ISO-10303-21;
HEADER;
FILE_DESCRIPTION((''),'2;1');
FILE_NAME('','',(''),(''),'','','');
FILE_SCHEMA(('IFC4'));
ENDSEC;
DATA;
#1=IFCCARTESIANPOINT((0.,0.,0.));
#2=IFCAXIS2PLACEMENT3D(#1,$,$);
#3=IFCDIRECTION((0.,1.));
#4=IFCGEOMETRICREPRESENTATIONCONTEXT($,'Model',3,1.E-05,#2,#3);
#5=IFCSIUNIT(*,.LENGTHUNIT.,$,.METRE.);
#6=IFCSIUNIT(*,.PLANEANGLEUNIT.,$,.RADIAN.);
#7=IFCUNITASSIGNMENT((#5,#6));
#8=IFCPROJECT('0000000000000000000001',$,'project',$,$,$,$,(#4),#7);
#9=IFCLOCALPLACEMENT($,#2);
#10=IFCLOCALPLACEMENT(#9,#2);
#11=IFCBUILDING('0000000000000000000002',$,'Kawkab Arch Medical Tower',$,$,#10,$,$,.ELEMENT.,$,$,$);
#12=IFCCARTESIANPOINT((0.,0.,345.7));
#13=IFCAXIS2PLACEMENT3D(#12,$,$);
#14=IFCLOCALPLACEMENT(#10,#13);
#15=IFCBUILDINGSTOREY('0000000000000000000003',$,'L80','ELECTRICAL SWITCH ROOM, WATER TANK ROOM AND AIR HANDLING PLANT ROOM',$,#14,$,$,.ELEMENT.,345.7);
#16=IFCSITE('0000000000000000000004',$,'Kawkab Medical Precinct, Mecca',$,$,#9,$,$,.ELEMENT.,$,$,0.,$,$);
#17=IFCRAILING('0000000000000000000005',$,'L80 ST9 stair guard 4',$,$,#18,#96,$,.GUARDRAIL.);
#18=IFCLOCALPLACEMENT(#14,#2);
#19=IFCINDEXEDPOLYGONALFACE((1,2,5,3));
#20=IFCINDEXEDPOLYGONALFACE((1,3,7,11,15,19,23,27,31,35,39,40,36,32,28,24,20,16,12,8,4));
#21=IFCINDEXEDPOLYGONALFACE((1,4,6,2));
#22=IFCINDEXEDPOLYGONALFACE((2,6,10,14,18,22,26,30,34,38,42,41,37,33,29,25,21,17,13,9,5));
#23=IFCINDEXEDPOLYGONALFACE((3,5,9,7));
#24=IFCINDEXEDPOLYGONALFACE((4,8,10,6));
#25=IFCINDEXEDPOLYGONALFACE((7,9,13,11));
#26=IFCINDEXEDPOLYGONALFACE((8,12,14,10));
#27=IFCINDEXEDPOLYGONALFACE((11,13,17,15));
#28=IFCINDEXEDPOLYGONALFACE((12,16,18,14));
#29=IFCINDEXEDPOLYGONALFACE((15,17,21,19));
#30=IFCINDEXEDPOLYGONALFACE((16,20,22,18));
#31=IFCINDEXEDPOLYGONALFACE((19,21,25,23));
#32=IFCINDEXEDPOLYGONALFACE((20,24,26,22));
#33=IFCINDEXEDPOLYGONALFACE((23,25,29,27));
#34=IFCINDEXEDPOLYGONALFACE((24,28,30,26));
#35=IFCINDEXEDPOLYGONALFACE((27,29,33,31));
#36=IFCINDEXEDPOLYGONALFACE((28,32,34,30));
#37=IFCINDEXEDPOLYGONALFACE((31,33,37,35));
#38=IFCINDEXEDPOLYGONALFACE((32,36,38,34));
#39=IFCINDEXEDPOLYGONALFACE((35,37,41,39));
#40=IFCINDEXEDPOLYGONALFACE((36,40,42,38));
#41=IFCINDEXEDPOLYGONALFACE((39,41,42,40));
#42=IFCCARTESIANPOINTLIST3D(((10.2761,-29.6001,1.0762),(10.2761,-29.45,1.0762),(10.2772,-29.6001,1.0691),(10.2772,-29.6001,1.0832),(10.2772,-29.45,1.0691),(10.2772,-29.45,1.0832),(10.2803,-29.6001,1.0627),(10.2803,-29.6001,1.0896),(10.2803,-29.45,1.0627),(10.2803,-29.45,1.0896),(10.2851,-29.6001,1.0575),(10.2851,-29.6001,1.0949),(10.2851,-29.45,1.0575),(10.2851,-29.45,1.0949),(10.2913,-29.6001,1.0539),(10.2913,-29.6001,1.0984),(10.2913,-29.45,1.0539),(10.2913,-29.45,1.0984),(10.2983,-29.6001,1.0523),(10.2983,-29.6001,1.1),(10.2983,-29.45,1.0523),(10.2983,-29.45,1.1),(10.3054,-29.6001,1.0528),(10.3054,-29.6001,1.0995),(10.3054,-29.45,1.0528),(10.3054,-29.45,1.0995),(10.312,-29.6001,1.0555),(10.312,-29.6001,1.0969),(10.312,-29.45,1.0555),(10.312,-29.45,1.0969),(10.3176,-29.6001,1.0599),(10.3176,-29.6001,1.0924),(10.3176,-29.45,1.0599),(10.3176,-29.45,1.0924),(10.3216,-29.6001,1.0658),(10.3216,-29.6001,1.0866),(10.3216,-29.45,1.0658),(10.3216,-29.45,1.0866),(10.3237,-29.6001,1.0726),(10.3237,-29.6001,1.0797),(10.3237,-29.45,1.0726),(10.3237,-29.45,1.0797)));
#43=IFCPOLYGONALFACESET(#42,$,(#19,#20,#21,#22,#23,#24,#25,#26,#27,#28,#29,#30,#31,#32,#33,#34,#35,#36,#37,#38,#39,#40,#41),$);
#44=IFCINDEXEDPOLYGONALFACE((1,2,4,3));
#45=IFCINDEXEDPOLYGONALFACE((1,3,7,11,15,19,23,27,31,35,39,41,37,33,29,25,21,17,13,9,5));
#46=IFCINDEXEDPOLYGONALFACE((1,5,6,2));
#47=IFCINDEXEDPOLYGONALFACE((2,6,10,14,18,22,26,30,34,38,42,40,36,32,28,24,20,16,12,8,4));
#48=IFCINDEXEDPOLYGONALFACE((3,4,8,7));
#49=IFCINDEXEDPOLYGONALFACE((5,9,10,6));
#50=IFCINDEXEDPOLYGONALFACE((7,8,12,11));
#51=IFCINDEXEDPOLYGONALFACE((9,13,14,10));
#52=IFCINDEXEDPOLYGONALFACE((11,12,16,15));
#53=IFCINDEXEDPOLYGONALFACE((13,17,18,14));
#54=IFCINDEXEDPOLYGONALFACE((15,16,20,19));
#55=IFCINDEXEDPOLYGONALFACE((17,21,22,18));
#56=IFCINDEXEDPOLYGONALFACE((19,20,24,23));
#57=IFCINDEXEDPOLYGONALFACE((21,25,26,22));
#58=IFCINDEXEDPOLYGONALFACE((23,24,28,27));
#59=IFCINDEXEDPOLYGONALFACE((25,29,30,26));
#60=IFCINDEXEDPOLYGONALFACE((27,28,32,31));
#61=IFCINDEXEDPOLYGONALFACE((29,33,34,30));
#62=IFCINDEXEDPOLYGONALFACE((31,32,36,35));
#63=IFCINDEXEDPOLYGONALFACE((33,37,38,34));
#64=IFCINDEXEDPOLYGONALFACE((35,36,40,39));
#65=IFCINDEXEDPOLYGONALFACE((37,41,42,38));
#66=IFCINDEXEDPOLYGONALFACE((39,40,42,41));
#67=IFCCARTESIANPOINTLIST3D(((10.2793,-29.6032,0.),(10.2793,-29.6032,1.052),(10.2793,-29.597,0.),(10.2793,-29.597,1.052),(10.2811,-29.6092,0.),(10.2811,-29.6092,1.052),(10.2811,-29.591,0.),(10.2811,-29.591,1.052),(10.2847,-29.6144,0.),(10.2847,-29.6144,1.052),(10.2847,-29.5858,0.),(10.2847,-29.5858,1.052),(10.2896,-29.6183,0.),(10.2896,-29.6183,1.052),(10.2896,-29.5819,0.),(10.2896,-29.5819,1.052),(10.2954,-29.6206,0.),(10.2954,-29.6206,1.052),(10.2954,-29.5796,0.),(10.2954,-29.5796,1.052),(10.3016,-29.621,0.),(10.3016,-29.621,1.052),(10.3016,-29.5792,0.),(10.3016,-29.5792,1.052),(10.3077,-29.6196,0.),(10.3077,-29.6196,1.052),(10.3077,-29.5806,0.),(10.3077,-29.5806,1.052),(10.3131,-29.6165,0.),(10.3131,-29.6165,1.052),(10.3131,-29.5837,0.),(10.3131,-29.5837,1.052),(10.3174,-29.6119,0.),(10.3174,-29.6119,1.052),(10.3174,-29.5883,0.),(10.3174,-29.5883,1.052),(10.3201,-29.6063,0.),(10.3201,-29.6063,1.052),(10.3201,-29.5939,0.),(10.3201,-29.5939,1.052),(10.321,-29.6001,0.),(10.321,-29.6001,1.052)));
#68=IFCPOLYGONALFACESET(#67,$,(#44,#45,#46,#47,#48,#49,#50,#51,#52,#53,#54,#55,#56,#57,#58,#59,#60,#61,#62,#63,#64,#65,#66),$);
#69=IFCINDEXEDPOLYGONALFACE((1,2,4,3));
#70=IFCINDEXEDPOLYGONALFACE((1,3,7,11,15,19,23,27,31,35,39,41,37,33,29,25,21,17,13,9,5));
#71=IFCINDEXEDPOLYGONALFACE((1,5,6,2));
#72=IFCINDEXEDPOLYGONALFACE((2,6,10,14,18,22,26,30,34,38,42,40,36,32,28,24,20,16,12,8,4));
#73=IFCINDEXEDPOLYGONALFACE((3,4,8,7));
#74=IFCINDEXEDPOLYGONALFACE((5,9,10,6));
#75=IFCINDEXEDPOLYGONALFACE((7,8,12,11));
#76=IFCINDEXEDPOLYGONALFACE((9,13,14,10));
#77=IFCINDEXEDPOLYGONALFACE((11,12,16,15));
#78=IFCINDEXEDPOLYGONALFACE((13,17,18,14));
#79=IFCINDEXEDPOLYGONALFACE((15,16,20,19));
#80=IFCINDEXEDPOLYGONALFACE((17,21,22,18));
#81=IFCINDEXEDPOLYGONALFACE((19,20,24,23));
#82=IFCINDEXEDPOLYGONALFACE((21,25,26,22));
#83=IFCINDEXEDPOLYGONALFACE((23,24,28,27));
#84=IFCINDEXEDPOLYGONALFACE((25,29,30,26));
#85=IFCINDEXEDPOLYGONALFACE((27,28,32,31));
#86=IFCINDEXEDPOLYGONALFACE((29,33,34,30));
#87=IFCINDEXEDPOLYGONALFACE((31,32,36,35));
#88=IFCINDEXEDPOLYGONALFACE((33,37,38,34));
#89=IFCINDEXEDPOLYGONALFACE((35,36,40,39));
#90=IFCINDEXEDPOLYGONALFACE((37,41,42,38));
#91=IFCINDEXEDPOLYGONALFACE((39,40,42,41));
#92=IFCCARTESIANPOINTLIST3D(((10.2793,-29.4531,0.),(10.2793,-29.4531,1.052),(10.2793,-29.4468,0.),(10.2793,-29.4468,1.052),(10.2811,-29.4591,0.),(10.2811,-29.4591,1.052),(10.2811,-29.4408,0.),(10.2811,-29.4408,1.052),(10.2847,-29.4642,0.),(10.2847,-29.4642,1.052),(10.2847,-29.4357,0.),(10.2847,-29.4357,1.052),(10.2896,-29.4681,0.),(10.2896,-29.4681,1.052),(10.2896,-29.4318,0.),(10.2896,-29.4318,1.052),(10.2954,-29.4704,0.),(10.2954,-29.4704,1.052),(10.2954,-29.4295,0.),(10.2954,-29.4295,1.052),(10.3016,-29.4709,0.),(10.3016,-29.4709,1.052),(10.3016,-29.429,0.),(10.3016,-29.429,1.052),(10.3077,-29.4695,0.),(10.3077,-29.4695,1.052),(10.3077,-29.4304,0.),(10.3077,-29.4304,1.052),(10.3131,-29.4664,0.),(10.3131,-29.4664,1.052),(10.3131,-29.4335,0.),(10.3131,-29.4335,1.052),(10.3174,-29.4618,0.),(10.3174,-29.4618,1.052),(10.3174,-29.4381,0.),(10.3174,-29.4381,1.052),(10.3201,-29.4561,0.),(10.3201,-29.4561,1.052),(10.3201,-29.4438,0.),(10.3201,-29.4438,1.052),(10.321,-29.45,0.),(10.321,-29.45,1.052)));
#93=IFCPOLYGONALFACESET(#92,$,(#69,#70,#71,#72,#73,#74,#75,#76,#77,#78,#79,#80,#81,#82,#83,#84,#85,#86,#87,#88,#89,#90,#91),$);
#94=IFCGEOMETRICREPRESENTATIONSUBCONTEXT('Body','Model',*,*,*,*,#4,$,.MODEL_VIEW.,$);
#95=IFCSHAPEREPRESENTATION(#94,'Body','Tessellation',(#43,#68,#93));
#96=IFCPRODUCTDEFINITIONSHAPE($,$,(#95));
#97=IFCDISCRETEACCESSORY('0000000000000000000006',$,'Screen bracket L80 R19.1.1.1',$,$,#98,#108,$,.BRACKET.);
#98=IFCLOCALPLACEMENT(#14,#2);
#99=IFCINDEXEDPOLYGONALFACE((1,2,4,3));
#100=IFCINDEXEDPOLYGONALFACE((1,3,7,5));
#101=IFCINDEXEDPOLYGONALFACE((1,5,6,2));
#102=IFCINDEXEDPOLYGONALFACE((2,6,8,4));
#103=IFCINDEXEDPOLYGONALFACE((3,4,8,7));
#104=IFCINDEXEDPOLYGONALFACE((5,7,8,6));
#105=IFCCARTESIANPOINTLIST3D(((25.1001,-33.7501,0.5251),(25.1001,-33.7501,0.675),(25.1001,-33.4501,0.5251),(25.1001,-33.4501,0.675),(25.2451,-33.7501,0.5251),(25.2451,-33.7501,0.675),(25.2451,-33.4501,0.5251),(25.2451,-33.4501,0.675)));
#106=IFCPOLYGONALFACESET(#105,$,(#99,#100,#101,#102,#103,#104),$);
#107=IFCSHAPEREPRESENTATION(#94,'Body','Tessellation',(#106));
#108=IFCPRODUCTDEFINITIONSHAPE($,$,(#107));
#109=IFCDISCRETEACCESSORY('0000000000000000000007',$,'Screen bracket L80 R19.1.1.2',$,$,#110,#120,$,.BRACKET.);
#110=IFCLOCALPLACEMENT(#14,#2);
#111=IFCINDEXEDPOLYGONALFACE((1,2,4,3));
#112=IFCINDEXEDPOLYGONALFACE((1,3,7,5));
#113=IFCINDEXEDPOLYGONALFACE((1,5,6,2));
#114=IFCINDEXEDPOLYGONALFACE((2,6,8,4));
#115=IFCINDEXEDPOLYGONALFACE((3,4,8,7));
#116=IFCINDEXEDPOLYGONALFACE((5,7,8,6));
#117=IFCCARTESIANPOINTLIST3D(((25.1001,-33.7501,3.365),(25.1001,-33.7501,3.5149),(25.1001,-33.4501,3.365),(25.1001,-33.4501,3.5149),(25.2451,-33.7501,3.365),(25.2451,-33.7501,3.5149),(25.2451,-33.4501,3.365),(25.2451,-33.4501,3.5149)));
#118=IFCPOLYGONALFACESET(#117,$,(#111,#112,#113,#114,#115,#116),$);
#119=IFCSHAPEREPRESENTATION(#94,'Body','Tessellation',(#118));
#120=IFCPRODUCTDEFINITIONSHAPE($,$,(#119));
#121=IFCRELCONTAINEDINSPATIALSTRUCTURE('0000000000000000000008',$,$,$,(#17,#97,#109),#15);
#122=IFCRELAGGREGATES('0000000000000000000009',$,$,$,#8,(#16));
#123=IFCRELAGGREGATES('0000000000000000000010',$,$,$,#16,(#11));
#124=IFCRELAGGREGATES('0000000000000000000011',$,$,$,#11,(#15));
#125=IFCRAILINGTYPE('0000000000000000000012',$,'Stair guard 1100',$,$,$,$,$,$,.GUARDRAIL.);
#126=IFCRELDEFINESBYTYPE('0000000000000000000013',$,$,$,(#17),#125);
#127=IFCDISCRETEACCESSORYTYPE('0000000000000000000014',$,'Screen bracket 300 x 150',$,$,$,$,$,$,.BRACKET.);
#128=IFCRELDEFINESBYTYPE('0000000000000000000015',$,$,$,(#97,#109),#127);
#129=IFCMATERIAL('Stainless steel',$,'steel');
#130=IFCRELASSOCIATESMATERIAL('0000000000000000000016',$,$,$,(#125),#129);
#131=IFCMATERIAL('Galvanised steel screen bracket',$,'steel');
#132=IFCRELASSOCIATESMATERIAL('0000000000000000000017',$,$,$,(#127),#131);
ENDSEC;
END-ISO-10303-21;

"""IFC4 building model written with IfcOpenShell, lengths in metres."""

from ifc_helpers import new_model, si_unit, direction, frame, origin, origin_2d, place, context, subcontext, project, spatial, rectangle, circle, extrude, material, type_object, element, save


model = new_model("IFC4")

# Units and contexts
model_context = context("Model", 3, precision=1e-05, world=origin(), true_north=direction((0.0, 1.0)))
body_context = subcontext(model_context, "Body", "Model", "MODEL_VIEW")
ifc_project = project(units=[si_unit("LENGTHUNIT", "METRE"), si_unit("PLANEANGLEUNIT", "RADIAN")], contexts=[model_context])

# Site, building, storey
site_placement = place(None, origin())
site = spatial("IfcSite", under=ifc_project, at=site_placement, Name="Kawkab Medical Precinct, Mecca", CompositionType="ELEMENT", RefElevation=0.0)
building_placement = place(site_placement, origin())
building = spatial("IfcBuilding", under=site, at=building_placement, Name="Kawkab Arch Medical Tower", CompositionType="ELEMENT")
storey_placement = place(building_placement, frame((0.0, 0.0, 345.7)))
storey = spatial("IfcBuildingStorey", under=building, at=storey_placement, Name="L80", Description="ELECTRICAL SWITCH ROOM, WATER TANK ROOM AND AIR HANDLING PLANT ROOM", CompositionType="ELEMENT", Elevation=345.7)

# Railing
ifc_material_1 = material(Name="Stainless steel", Category="steel")
railing_type = type_object("IfcRailingType", Name="Stair guard 1100", PredefinedType="GUARDRAIL", material=ifc_material_1)
railing_1_placement = place(storey_placement, frame((10.3, -29.6001, 0.0)))
element("IfcRailing", 1, at=railing_1_placement, inside=storey, type_object=railing_type, Name="L80 ST9 stair guard 4", PredefinedType="GUARDRAIL", context=body_context, shape_type="SweptSolid", body=[
    extrude(circle(Radius=0.0239, at=origin_2d()), frame((0.0, 0.0, 1.0762), z_axis=(0.0, 1.0, 0.0), x_axis=(-1.0, 0.0, 0.0)), (0.0, 0.0, 1.0), 0.1501),
    extrude(circle(Radius=0.021, at=origin_2d()), origin(), (0.0, 0.0, 1.0), 1.052),
    extrude(circle(Radius=0.021, at=origin_2d()), frame((0.0, 0.1501, 0.0)), (0.0, 0.0, 1.0), 1.052),
])

# Discrete accessories
ifc_material_2 = material(Name="Galvanised steel screen bracket", Category="steel")
discrete_accessory_type = type_object("IfcDiscreteAccessoryType", Name="Screen bracket 300 x 150", PredefinedType="BRACKET", material=ifc_material_2)
for number, where, z_axis, x_axis, name in (
    (2, (25.1726, -33.6001, 0.5251), (0.0, 0.0, 1.0), (0.0, 1.0, 0.0), "Screen bracket L80 R19.1.1.1"),
    (3, (25.1726, -33.6001, 3.365), (0.0, 0.0, 1.0), (0.0, 1.0, 0.0), "Screen bracket L80 R19.1.1.2"),
):
    element("IfcDiscreteAccessory", number, at=place(storey_placement, frame(where, z_axis=z_axis, x_axis=x_axis)), inside=storey, type_object=discrete_accessory_type, Name=name, PredefinedType="BRACKET", context=body_context, shape_type="SweptSolid", body=[
        extrude(rectangle(XDim=0.3, YDim=0.145, at=origin_2d()), origin(), (0.0, 0.0, 1.0), 0.1499),
    ])

save(model, "model.ifc")
